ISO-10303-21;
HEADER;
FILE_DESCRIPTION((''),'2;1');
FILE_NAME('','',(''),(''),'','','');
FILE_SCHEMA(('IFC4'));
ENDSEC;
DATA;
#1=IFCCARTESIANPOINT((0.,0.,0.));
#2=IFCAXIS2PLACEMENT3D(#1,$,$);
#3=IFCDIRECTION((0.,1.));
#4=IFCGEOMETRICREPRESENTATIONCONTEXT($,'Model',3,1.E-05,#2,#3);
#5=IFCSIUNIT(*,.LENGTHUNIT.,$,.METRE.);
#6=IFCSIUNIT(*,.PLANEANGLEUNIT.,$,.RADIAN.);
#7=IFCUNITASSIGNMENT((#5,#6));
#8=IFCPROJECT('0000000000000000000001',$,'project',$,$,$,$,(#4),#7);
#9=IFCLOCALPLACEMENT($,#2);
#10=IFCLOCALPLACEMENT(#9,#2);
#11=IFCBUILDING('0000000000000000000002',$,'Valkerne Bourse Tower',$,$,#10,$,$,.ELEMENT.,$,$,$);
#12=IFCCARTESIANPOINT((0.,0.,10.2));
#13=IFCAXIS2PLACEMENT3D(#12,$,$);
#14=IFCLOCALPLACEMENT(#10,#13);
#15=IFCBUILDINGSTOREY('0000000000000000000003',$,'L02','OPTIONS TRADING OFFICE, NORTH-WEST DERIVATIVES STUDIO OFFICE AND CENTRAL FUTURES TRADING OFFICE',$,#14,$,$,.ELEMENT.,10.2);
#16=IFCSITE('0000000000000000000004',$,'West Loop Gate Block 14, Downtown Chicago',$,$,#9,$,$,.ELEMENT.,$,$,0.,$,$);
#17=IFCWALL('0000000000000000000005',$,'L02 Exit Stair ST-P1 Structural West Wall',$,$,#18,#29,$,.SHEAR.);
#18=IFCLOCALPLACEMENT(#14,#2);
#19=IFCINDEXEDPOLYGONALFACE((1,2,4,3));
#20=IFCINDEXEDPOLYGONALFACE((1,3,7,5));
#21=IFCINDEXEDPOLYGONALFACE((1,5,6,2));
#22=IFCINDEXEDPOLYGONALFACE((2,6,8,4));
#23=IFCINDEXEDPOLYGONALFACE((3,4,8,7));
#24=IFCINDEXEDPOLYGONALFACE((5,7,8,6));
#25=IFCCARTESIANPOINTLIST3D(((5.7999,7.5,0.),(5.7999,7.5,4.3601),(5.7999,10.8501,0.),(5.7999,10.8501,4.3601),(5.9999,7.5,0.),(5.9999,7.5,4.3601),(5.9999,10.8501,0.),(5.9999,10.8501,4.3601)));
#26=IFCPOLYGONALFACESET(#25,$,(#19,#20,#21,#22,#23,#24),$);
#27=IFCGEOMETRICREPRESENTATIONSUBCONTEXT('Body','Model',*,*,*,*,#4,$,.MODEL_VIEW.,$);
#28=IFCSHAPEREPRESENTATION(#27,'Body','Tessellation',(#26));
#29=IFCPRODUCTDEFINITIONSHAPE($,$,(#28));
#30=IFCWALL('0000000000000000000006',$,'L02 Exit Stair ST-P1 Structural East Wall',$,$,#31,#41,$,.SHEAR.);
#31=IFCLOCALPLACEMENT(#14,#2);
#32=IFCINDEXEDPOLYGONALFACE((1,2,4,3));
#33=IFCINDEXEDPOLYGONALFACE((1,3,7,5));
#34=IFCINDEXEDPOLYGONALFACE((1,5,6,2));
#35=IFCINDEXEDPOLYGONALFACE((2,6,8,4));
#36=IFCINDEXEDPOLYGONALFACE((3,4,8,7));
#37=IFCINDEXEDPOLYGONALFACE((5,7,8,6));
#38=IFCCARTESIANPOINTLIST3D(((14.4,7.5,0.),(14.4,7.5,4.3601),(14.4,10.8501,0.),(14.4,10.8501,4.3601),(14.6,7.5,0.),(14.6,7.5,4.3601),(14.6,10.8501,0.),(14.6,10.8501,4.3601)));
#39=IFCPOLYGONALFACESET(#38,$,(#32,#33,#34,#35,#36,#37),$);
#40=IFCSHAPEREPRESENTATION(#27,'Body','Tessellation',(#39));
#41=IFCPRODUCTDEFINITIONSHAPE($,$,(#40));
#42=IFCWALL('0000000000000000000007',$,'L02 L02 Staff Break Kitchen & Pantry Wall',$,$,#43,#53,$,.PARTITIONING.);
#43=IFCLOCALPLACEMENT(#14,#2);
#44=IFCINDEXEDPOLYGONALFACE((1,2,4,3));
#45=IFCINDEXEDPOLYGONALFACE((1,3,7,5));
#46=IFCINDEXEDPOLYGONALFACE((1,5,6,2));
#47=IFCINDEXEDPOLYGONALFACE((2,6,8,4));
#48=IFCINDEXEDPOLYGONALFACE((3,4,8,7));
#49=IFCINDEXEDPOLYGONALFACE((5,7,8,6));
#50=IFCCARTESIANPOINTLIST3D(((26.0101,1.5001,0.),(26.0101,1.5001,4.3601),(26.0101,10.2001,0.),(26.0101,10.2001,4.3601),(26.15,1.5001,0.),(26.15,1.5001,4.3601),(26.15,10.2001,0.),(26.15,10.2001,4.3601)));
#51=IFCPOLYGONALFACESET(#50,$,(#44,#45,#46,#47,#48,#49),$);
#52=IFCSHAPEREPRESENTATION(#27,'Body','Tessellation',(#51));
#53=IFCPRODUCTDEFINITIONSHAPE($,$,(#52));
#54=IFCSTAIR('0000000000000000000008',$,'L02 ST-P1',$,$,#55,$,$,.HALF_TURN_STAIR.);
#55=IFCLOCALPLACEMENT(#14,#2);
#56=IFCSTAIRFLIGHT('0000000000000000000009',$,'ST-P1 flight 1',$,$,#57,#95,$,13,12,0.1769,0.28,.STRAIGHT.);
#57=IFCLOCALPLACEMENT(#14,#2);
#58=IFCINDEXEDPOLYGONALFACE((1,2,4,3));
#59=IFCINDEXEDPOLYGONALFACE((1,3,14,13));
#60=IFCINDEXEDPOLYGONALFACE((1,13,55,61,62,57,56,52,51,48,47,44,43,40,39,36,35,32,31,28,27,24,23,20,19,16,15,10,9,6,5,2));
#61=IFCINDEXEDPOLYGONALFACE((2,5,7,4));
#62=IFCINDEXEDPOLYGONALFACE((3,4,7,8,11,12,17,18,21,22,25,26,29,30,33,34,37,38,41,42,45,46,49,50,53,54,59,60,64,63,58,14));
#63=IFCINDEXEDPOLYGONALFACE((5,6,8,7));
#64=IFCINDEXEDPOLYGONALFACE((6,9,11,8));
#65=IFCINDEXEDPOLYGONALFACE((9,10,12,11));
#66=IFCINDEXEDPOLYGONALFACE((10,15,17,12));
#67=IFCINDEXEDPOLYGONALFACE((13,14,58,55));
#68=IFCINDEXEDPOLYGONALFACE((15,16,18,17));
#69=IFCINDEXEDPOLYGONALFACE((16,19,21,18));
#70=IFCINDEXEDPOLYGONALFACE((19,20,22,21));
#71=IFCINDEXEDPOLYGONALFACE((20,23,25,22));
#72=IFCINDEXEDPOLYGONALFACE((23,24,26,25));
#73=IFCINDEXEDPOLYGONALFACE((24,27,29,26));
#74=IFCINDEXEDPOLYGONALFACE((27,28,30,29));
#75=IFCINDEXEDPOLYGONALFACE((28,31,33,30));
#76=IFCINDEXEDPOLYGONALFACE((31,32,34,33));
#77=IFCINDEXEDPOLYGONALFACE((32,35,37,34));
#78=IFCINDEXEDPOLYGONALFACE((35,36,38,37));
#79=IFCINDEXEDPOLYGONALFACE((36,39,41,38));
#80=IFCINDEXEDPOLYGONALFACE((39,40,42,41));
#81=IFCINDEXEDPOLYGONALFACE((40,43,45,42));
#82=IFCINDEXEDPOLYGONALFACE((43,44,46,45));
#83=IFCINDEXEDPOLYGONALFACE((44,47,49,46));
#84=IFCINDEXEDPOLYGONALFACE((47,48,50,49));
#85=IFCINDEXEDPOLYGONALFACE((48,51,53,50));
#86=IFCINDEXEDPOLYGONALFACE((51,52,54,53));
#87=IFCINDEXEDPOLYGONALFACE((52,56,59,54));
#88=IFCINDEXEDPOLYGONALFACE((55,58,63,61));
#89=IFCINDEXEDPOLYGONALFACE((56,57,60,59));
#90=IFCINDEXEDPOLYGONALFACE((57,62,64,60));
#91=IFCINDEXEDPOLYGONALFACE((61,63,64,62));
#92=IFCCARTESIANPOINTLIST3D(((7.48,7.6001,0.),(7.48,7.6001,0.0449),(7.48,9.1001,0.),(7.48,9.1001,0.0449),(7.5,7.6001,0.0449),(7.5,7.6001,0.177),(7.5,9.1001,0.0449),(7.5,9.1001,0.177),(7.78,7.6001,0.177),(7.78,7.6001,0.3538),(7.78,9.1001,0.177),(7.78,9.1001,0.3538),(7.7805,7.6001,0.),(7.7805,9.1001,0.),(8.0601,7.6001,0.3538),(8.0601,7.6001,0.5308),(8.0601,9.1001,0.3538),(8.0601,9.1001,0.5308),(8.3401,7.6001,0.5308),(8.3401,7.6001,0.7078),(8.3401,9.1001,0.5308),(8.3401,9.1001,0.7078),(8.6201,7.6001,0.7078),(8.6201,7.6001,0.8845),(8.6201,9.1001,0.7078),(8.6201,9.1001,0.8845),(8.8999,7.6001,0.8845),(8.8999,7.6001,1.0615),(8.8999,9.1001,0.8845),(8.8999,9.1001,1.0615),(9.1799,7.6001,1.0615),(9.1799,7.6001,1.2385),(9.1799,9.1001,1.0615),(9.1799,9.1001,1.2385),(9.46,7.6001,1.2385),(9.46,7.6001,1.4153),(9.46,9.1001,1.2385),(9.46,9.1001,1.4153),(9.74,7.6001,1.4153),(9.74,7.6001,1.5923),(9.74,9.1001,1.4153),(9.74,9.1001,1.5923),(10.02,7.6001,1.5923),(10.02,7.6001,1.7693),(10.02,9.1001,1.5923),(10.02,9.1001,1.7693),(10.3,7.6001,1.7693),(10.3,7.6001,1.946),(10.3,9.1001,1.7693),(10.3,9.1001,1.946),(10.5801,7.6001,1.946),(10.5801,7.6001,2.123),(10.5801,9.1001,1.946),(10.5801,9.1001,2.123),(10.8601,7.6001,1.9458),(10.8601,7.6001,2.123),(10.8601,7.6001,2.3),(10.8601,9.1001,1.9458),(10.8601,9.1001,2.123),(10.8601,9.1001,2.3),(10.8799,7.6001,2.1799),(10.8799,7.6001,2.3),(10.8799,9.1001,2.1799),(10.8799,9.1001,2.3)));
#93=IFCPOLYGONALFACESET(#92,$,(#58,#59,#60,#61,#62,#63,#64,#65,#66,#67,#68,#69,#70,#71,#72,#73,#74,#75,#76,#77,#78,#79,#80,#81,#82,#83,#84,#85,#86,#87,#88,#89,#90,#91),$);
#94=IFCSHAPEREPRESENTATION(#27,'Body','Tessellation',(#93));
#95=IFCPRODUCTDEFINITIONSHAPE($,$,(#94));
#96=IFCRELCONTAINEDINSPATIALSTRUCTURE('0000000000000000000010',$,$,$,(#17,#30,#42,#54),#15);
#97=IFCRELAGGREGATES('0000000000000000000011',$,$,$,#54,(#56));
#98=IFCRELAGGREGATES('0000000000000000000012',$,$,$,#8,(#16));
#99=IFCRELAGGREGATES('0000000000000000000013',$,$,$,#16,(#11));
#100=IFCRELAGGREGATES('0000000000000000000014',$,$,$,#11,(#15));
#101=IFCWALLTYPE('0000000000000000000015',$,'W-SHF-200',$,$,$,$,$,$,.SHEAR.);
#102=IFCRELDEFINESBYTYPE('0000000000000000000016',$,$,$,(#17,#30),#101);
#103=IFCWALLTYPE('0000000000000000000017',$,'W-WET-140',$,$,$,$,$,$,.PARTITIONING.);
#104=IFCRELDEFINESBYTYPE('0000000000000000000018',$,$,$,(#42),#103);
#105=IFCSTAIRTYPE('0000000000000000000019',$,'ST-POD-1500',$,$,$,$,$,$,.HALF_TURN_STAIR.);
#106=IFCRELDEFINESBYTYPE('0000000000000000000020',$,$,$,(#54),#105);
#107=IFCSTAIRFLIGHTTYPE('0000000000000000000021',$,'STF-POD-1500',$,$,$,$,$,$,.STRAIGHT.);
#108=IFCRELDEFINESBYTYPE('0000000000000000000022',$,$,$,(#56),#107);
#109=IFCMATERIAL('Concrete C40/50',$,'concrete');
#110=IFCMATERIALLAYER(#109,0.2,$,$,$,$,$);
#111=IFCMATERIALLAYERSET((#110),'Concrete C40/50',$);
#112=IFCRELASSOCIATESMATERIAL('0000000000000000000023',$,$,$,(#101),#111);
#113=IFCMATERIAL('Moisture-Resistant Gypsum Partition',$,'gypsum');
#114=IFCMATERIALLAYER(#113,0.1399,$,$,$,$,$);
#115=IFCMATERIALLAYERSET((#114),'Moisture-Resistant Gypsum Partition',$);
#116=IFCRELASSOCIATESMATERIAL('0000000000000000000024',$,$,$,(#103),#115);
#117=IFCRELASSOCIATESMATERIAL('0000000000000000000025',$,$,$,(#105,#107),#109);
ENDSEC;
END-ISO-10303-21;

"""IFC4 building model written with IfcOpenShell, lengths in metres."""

from ifc_helpers import new_model, si_unit, direction, frame, frame_2d, origin, place, context, subcontext, project, spatial, polyline, rectangle, outline, extrude, material, layer, layer_set, type_object, element, aggregate, save


model = new_model("IFC4")

# Units and contexts
model_context = context("Model", 3, precision=1e-05, world=origin(), true_north=direction((0.0, 1.0)))
body_context = subcontext(model_context, "Body", "Model", "MODEL_VIEW")
ifc_project = project(units=[si_unit("LENGTHUNIT", "METRE"), si_unit("PLANEANGLEUNIT", "RADIAN")], contexts=[model_context])

# Site, building, storey
site_placement = place(None, origin())
site = spatial("IfcSite", under=ifc_project, at=site_placement, Name="West Loop Gate Block 14, Downtown Chicago", CompositionType="ELEMENT", RefElevation=0.0)
building_placement = place(site_placement, origin())
building = spatial("IfcBuilding", under=site, at=building_placement, Name="Valkerne Bourse Tower", CompositionType="ELEMENT")
storey_placement = place(building_placement, frame((0.0, 0.0, 10.2)))
storey = spatial("IfcBuildingStorey", under=building, at=storey_placement, Name="L02", Description="OPTIONS TRADING OFFICE, NORTH-WEST DERIVATIVES STUDIO OFFICE AND CENTRAL FUTURES TRADING OFFICE", CompositionType="ELEMENT", Elevation=10.2)

# Walls
ifc_material_1 = material(Name="Concrete C40/50", Category="concrete")
ifc_layer_1 = layer(ifc_material_1, 0.2)
ifc_layer_set_1 = layer_set([ifc_layer_1], Name="Concrete C40/50")
wall_type_1 = type_object("IfcWallType", Name="W-SHF-200", PredefinedType="SHEAR", material=ifc_layer_set_1)
for number, where, z_axis, x_axis, name in (
    (1, (5.8999, 7.5, 0.0), (0.0, 0.0, 1.0), (0.0, 1.0, 0.0), "L02 Exit Stair ST-P1 Structural West Wall"),
    (2, (14.5, 7.5, 0.0), (0.0, 0.0, 1.0), (0.0, 1.0, 0.0), "L02 Exit Stair ST-P1 Structural East Wall"),
):
    element("IfcWall", number, at=place(storey_placement, frame(where, z_axis=z_axis, x_axis=x_axis)), inside=storey, type_object=wall_type_1, Name=name, PredefinedType="SHEAR", context=body_context, shape_type="SweptSolid", body=[
        extrude(rectangle(XDim=3.3501, YDim=0.2, at=frame_2d((1.675, 0.0))), origin(), (0.0, 0.0, 1.0), 4.3601),
    ])
ifc_material_2 = material(Name="Moisture-Resistant Gypsum Partition", Category="gypsum")
ifc_layer_2 = layer(ifc_material_2, 0.1399)
ifc_layer_set_2 = layer_set([ifc_layer_2], Name="Moisture-Resistant Gypsum Partition")
wall_type_2 = type_object("IfcWallType", Name="W-WET-140", PredefinedType="PARTITIONING", material=ifc_layer_set_2)
wall_placement = place(storey_placement, frame((26.0801, 1.5, 0.0), z_axis=(0.0, 0.0, 1.0), x_axis=(0.0, 1.0, 0.0)))
element("IfcWall", 3, at=wall_placement, inside=storey, type_object=wall_type_2, Name="L02 L02 Staff Break Kitchen & Pantry Wall", PredefinedType="PARTITIONING", context=body_context, shape_type="SweptSolid", body=[
    extrude(rectangle(XDim=8.7, YDim=0.1399, at=frame_2d((4.3501, 0.0))), origin(), (0.0, 0.0, 1.0), 4.3601),
])

# Stair, stair flight
stair_type = type_object("IfcStairType", Name="ST-POD-1500", PredefinedType="HALF_TURN_STAIR", material=ifc_material_1)
stair_placement = place(storey_placement, origin())
stair = element("IfcStair", 4, at=stair_placement, inside=storey, type_object=stair_type, Name="L02 ST-P1", PredefinedType="HALF_TURN_STAIR")
stair_flight_type = type_object("IfcStairFlightType", Name="STF-POD-1500", PredefinedType="STRAIGHT", material=ifc_material_1)
stair_flight_placement = place(storey_placement, frame((7.5, 8.3501, 0.0), z_axis=(0.0, 0.0, 1.0), x_axis=(1.0, 0.0, 0.0)))
stair_flight = element("IfcStairFlight", 5, at=stair_flight_placement, type_object=stair_flight_type, Name="ST-P1 flight 1", NumberOfRisers=13, NumberOfTreads=12, PredefinedType="STRAIGHT", RiserHeight=0.1769, TreadLength=0.28, context=body_context, shape_type="SweptSolid", body=[
    extrude(outline(polyline([(-0.02, 0.0), (-0.02, 0.0449), (0.0, 0.0449), (0.0, 0.177), (0.28, 0.177), (0.28, 0.3538), (0.5601, 0.3538), (0.5601, 0.5308), (0.8401, 0.5308), (0.8401, 0.7078), (1.1201, 0.7078), (1.1201, 0.8845), (1.3999, 0.8845), (1.3999, 1.0615), (1.6799, 1.0615), (1.6799, 1.2385), (1.96, 1.2385), (1.96, 1.4153), (2.24, 1.4153), (2.24, 1.5923), (2.52, 1.5923), (2.52, 1.7693), (2.8, 1.7693), (2.8, 1.946), (3.0801, 1.946), (3.0801, 2.123), (3.3601, 2.123), (3.3601, 2.3), (3.3799, 2.3), (3.3799, 2.1799), (3.3601, 1.9458), (0.2805, 0.0), (-0.02, 0.0)])), frame((0.0, 0.75, 0.0), z_axis=(0.0, -1.0, 0.0), x_axis=(1.0, 0.0, 0.0)), (0.0, 0.0, 1.0), 1.5),
])
aggregate(stair, [stair_flight])

save(model, "model.ifc")
